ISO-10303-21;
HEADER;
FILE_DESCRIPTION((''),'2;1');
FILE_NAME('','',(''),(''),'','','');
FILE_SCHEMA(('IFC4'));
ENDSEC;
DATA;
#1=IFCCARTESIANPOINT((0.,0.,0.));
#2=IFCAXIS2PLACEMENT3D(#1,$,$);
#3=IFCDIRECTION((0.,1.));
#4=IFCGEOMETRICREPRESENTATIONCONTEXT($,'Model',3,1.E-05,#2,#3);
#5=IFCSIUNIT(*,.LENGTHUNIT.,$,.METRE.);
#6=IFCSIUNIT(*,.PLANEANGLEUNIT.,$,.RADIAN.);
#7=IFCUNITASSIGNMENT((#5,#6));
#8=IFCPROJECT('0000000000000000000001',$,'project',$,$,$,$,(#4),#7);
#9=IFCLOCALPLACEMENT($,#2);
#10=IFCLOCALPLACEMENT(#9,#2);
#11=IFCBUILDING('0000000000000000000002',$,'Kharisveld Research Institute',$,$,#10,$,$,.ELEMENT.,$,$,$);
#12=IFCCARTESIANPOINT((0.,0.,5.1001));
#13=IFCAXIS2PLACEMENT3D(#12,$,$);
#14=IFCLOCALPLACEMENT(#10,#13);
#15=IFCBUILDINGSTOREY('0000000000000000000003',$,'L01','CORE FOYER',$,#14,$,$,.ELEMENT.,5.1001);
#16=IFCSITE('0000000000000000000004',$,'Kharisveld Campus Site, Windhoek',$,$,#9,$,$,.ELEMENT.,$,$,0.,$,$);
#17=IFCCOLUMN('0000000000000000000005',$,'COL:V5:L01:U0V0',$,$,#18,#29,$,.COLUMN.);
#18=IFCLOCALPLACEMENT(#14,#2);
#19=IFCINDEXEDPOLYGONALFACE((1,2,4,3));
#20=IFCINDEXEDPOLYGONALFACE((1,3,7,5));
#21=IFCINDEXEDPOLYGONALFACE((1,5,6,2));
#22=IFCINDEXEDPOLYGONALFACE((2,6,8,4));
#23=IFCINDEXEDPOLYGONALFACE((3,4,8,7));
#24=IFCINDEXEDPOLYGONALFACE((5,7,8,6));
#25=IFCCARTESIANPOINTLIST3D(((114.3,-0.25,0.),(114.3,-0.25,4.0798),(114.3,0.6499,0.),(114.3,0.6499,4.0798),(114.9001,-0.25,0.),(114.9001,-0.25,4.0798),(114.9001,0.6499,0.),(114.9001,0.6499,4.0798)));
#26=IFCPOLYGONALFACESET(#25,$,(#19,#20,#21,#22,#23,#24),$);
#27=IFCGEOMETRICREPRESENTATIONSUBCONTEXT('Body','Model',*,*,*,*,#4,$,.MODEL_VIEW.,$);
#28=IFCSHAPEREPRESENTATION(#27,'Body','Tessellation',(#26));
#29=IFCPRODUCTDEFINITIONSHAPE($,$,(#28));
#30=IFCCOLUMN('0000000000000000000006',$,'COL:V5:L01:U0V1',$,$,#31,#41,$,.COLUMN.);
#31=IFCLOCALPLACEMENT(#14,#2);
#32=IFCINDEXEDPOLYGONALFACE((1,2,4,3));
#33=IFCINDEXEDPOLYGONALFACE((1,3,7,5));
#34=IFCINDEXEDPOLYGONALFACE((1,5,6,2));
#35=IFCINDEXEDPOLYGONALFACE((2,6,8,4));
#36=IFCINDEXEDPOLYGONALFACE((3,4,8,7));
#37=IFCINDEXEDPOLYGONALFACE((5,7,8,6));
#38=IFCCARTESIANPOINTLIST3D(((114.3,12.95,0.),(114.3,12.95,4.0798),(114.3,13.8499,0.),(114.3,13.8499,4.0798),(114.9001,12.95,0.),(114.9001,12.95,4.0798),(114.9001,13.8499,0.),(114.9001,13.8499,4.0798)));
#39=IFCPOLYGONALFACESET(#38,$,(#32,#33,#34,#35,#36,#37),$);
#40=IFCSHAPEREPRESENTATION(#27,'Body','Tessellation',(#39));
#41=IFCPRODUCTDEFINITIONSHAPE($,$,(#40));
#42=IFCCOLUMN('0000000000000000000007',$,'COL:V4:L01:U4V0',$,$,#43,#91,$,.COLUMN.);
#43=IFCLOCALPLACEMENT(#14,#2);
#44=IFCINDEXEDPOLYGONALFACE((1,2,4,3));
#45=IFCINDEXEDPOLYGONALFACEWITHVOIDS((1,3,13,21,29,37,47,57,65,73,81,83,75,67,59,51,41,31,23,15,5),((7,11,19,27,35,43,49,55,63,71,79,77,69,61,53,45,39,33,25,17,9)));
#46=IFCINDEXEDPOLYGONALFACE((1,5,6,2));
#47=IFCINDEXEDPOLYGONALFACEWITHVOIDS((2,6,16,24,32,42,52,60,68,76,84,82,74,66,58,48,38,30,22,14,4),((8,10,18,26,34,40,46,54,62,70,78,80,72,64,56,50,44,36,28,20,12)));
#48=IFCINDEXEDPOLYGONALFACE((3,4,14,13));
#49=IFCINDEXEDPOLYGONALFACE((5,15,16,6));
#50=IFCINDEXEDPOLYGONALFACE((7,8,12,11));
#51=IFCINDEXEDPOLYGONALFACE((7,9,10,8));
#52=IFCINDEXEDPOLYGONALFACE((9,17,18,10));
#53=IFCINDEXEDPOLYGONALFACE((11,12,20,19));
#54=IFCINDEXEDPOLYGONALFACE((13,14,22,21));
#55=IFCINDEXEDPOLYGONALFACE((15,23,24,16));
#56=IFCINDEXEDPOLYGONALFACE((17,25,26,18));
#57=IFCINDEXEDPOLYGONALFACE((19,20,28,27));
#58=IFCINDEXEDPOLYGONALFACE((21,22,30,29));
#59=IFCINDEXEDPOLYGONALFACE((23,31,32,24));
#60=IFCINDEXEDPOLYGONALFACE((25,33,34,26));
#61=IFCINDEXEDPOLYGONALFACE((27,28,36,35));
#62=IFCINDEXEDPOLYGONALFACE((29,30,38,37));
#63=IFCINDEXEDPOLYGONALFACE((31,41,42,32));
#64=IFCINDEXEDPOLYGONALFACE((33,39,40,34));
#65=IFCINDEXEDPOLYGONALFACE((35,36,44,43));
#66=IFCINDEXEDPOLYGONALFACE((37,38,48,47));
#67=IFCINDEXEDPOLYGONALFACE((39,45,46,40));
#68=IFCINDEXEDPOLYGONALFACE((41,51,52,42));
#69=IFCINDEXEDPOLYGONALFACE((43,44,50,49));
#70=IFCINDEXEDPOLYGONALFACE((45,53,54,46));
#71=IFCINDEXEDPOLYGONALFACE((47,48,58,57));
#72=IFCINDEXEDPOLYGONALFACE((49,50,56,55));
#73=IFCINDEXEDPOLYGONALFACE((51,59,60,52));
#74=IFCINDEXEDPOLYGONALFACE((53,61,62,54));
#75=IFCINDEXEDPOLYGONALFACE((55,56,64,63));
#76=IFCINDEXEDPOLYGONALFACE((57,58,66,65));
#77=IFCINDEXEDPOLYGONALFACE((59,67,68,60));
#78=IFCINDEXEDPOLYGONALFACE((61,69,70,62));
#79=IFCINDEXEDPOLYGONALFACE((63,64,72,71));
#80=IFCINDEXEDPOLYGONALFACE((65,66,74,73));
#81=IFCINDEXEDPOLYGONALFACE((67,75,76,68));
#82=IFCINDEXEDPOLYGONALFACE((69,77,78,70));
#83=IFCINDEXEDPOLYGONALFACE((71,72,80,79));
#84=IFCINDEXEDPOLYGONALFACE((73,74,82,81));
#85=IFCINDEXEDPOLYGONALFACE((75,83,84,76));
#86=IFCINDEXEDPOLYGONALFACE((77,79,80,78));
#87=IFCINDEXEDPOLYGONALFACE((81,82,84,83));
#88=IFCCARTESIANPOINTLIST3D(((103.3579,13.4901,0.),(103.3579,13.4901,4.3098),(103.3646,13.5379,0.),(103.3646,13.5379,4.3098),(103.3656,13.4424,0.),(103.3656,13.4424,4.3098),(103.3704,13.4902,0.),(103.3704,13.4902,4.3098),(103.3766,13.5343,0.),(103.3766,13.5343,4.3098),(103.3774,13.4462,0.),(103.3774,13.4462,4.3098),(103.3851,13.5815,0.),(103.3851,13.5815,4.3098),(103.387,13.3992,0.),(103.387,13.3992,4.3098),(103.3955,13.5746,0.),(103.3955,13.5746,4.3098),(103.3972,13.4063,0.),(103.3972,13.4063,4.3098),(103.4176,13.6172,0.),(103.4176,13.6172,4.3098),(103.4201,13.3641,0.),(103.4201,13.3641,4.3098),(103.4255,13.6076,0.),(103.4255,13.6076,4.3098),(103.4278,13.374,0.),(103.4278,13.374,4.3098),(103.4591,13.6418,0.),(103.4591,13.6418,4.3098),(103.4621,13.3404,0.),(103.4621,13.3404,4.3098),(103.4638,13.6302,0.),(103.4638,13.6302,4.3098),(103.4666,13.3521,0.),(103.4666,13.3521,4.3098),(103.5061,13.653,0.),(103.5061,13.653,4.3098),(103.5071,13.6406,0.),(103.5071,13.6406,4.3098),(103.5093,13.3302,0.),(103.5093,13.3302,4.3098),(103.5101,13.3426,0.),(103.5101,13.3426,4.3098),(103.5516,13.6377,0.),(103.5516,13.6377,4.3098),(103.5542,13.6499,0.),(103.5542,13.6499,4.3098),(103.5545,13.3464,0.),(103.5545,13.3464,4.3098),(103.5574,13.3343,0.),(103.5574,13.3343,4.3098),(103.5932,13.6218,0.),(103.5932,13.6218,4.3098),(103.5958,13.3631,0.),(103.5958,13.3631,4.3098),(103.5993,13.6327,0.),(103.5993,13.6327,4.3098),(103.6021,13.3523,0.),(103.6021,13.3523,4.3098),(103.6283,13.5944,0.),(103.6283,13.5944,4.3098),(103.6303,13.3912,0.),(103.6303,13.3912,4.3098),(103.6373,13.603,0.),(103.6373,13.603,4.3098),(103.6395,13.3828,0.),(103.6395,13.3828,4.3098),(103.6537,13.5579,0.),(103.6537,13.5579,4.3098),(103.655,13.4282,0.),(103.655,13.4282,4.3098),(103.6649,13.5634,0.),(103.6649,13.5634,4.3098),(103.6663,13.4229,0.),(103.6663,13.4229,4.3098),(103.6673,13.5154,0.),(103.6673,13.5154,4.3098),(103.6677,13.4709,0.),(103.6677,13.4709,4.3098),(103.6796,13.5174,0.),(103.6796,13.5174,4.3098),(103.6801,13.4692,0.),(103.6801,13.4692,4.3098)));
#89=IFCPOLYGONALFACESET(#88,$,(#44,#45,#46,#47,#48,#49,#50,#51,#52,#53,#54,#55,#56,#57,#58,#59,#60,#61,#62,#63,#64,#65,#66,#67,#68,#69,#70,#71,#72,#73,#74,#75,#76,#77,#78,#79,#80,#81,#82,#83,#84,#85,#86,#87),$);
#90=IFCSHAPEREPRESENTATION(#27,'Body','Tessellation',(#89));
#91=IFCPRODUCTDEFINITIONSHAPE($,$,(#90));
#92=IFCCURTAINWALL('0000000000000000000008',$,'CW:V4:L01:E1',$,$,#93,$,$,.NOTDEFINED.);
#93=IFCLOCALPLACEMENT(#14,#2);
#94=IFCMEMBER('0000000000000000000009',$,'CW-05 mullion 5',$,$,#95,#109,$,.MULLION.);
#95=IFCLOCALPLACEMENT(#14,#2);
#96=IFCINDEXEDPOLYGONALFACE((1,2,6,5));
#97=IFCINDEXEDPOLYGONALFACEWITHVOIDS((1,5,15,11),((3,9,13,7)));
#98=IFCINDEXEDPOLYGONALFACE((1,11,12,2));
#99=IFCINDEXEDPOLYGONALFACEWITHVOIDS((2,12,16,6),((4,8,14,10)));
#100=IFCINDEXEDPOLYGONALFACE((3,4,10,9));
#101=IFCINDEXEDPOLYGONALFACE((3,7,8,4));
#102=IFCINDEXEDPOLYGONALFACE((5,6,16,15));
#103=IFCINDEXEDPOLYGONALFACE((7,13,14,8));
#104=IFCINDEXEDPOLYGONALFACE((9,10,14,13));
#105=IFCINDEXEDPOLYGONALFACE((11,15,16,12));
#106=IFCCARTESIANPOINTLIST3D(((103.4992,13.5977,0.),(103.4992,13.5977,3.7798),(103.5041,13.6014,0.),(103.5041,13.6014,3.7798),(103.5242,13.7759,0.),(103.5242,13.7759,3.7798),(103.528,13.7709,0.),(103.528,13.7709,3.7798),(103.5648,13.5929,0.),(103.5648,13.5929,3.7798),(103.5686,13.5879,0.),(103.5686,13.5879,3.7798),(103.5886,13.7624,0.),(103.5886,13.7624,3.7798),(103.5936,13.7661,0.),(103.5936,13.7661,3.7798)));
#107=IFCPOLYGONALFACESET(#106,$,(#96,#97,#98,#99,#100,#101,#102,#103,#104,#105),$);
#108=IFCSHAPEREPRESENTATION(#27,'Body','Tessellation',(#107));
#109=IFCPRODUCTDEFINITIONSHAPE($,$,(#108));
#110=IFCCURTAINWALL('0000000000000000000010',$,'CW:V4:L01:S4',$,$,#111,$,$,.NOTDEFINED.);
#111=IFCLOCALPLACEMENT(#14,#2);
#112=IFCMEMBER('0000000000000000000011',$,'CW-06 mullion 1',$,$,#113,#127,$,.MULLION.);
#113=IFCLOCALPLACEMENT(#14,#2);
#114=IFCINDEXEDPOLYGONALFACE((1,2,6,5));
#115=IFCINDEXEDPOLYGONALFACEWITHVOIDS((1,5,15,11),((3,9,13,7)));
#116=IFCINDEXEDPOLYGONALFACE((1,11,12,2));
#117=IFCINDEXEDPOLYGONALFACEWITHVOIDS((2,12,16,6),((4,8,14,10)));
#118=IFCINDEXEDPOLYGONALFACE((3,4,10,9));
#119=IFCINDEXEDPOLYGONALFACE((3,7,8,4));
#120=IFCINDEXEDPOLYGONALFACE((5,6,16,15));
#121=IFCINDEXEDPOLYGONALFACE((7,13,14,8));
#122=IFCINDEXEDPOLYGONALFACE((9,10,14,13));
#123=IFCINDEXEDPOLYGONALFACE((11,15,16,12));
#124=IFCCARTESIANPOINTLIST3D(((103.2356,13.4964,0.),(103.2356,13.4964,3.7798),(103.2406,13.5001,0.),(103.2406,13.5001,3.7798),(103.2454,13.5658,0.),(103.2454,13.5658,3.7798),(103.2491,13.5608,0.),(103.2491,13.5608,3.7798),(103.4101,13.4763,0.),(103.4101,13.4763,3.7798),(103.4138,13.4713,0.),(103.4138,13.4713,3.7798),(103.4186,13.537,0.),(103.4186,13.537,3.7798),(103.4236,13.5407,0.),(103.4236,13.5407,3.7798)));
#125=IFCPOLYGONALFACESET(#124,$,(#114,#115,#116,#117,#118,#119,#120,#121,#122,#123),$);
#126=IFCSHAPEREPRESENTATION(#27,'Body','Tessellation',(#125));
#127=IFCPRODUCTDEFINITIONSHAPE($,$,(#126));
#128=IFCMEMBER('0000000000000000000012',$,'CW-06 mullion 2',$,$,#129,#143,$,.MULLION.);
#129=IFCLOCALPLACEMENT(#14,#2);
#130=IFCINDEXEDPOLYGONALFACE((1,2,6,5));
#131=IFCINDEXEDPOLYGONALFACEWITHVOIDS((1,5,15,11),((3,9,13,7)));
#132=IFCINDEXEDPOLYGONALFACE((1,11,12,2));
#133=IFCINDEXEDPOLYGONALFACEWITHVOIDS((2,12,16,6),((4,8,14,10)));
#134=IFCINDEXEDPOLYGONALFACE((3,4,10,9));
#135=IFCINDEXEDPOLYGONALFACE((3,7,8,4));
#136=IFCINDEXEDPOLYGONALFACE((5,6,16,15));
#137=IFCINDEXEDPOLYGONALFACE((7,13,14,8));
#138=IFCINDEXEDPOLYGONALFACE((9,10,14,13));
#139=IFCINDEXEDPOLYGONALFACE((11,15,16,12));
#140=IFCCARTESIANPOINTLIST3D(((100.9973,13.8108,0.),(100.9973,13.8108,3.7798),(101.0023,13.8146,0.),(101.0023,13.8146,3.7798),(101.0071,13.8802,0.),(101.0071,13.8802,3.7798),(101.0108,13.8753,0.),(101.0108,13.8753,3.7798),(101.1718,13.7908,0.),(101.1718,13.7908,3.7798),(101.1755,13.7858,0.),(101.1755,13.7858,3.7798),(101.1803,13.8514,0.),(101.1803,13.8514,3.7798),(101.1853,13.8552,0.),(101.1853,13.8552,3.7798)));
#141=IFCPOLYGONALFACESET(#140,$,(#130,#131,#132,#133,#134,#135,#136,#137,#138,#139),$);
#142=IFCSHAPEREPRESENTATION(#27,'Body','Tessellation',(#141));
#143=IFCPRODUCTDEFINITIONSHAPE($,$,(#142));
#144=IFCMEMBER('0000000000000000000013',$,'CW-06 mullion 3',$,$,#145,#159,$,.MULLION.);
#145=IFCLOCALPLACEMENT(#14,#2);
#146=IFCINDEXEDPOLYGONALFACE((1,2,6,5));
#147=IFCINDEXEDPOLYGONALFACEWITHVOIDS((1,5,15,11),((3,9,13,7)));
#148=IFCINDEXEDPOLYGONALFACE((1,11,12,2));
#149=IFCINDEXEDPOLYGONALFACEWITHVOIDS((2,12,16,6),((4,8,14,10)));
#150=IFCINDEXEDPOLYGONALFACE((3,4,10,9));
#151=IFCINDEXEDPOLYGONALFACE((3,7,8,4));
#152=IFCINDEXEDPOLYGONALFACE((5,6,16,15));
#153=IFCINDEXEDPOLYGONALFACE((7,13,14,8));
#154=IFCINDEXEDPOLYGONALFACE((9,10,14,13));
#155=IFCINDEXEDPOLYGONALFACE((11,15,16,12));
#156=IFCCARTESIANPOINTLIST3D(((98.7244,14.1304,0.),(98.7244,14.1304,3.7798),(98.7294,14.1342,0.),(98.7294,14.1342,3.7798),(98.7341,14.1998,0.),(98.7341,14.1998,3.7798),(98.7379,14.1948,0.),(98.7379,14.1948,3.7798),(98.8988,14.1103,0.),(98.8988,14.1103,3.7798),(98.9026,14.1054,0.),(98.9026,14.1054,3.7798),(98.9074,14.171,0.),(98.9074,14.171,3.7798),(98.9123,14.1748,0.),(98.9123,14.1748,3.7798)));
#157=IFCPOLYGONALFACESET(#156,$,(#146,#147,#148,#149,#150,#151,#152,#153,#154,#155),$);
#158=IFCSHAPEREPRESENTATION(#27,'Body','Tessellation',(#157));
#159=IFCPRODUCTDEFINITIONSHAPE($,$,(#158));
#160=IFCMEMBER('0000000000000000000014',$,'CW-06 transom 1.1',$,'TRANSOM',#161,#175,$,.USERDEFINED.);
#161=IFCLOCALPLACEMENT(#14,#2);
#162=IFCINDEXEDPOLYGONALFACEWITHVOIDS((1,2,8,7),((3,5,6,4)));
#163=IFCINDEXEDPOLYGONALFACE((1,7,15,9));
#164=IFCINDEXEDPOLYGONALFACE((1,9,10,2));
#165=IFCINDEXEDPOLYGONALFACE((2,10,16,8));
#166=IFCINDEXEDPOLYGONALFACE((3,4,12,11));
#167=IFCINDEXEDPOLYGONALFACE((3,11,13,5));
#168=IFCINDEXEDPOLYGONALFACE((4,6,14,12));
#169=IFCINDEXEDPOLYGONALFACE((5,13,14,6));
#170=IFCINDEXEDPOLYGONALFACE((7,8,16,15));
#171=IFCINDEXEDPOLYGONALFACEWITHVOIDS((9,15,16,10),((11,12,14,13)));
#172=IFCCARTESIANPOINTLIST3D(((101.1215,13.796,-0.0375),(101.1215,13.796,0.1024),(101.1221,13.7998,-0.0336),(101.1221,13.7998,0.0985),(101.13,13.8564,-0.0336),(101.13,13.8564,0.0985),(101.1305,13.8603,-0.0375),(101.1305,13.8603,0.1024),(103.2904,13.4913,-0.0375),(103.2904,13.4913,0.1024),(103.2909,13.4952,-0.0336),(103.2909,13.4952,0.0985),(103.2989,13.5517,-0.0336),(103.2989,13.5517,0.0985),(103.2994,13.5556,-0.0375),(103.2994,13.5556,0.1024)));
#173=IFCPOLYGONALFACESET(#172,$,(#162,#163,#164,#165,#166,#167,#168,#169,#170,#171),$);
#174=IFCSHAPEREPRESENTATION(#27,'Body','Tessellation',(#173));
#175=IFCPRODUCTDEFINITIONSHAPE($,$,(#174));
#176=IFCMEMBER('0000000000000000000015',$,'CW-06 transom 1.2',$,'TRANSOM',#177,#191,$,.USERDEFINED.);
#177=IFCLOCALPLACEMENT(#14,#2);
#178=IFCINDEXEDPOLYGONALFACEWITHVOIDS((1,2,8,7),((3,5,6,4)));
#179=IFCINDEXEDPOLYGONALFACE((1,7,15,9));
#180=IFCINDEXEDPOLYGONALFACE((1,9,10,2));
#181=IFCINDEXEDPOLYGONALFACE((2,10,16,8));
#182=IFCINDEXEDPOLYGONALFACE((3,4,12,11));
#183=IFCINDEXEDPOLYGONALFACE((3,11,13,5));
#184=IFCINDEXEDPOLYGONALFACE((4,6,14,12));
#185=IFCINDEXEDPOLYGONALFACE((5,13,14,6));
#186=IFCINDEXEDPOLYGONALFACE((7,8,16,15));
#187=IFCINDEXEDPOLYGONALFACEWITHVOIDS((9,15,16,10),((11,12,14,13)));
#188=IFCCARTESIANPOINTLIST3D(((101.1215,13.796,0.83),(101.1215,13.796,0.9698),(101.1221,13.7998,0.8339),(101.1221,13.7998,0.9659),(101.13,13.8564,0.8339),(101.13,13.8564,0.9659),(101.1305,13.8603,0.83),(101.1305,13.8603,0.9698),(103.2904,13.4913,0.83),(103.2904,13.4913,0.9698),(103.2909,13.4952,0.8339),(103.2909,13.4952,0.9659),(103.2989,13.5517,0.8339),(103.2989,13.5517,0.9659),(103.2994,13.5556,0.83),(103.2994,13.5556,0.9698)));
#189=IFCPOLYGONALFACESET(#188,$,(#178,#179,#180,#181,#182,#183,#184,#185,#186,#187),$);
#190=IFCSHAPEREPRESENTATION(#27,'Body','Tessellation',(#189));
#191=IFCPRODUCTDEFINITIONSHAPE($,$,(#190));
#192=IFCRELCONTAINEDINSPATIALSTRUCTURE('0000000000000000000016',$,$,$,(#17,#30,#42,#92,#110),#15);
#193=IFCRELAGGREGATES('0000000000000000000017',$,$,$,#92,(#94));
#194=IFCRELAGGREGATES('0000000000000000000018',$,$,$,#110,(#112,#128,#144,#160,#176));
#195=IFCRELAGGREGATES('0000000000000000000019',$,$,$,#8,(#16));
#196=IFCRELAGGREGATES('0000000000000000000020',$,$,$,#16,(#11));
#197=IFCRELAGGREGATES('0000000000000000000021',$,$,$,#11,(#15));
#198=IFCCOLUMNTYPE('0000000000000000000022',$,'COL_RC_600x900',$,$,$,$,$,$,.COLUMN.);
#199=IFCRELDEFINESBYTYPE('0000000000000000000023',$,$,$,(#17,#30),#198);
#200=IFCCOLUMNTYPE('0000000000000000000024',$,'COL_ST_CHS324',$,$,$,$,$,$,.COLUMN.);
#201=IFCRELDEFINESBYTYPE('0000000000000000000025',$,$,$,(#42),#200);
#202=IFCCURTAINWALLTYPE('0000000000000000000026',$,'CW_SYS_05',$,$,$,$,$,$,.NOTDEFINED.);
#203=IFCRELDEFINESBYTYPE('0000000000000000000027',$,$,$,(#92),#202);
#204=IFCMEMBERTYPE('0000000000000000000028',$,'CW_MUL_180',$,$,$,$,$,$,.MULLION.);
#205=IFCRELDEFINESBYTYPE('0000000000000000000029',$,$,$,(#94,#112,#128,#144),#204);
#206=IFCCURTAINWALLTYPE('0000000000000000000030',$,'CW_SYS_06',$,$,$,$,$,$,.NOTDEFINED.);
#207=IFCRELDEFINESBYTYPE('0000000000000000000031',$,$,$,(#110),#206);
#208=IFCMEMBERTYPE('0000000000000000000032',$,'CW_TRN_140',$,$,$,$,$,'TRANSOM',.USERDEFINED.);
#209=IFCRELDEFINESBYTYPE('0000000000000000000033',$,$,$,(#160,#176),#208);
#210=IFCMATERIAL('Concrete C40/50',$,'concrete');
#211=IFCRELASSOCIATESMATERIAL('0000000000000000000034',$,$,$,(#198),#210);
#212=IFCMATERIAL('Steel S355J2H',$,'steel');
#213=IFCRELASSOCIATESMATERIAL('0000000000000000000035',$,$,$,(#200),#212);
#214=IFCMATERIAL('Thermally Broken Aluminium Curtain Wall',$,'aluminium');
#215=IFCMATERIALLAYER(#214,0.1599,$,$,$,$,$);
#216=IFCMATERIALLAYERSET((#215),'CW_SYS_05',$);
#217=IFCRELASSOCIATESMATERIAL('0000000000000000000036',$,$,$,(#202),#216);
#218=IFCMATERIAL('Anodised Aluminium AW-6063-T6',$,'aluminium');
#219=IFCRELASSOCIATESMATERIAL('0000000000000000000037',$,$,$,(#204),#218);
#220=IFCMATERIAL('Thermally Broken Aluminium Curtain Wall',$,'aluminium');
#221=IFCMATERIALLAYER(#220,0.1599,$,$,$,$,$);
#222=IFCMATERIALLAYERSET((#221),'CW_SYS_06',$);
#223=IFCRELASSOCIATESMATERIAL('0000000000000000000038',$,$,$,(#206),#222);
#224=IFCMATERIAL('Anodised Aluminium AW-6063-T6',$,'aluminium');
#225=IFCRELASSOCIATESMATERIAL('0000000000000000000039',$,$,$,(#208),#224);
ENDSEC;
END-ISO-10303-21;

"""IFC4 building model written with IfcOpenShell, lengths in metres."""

from ifc_helpers import new_model, si_unit, direction, frame, origin, origin_2d, place, context, subcontext, project, spatial, rectangle, hollow_rectangle, hollow_circle, extrude, material, layer, layer_set, material_profile, profile_set, type_object, element, aggregate, save


model = new_model("IFC4")

# Units and contexts
model_context = context("Model", 3, precision=1e-05, world=origin(), true_north=direction((0.0, 1.0)))
body_context = subcontext(model_context, "Body", "Model", "MODEL_VIEW")
ifc_project = project(units=[si_unit("LENGTHUNIT", "METRE"), si_unit("PLANEANGLEUNIT", "RADIAN")], contexts=[model_context])

# Site, building, storey
site_placement = place(None, origin())
site = spatial("IfcSite", under=ifc_project, at=site_placement, Name="Kharisveld Campus Site, Windhoek", CompositionType="ELEMENT", RefElevation=0.0)
building_placement = place(site_placement, origin())
building = spatial("IfcBuilding", under=site, at=building_placement, Name="Kharisveld Research Institute", CompositionType="ELEMENT")
storey_placement = place(building_placement, frame((0.0, 0.0, 5.1001)))
storey = spatial("IfcBuildingStorey", under=building, at=storey_placement, Name="L01", Description="CORE FOYER", CompositionType="ELEMENT", Elevation=5.1001)

# Columns
ifc_material_1 = material(Name="Concrete C40/50", Category="concrete")
ifc_material_profile_1 = material_profile(ifc_material_1, rectangle(XDim=0.6001, YDim=0.8999, at=origin_2d()))
ifc_profile_set_1 = profile_set([ifc_material_profile_1], Name="Concrete C40/50")
column_type_1 = type_object("IfcColumnType", Name="COL_RC_600x900", PredefinedType="COLUMN", material=ifc_profile_set_1)
for number, where, z_axis, x_axis, name in (
    (1, (114.6001, 0.2, 0.0), (0.0, 0.0, 1.0), (1.0, 0.0, 0.0), "COL:V5:L01:U0V0"),
    (2, (114.6001, 13.3999, 0.0), (0.0, 0.0, 1.0), (1.0, 0.0, 0.0), "COL:V5:L01:U0V1"),
):
    element("IfcColumn", number, at=place(storey_placement, frame(where, z_axis=z_axis, x_axis=x_axis)), inside=storey, type_object=column_type_1, Name=name, PredefinedType="COLUMN", context=body_context, shape_type="SweptSolid", body=[
        extrude(rectangle(XDim=0.6001, YDim=0.8999, at=origin_2d()), origin(), (0.0, 0.0, 1.0), 4.0798),
    ])
ifc_material_2 = material(Name="Steel S355J2H", Category="steel")
ifc_material_profile_2 = material_profile(ifc_material_2, hollow_circle(Radius=0.1619, WallThickness=0.0125, at=origin_2d()))
ifc_profile_set_2 = profile_set([ifc_material_profile_2], Name="Steel S355J2H")
column_type_2 = type_object("IfcColumnType", Name="COL_ST_CHS324", PredefinedType="COLUMN", material=ifc_profile_set_2)
column_placement = place(storey_placement, frame((103.5198, 13.4917, 0.0), z_axis=(0.0, 0.0, 1.0), x_axis=(0.990268, -0.139173, 0.0)))
element("IfcColumn", 3, at=column_placement, inside=storey, type_object=column_type_2, Name="COL:V4:L01:U4V0", PredefinedType="COLUMN", context=body_context, shape_type="SweptSolid", body=[
    extrude(hollow_circle(Radius=0.1619, WallThickness=0.0125, at=origin_2d()), origin(), (0.0, 0.0, 1.0), 4.3098),
])

# Curtain wall, member
ifc_material_3 = material(Name="Thermally Broken Aluminium Curtain Wall", Category="aluminium")
ifc_layer_1 = layer(ifc_material_3, 0.1599)
ifc_layer_set_1 = layer_set([ifc_layer_1], Name="CW_SYS_05")
curtain_wall_type_1 = type_object("IfcCurtainWallType", Name="CW_SYS_05", PredefinedType="NOTDEFINED", material=ifc_layer_set_1)
curtain_wall_1_placement = place(storey_placement, origin())
curtain_wall_1 = element("IfcCurtainWall", 4, at=curtain_wall_1_placement, inside=storey, type_object=curtain_wall_type_1, Name="CW:V4:L01:E1", PredefinedType="NOTDEFINED")
ifc_material_4 = material(Name="Anodised Aluminium AW-6063-T6", Category="aluminium")
ifc_material_profile_3 = material_profile(ifc_material_4, hollow_rectangle(XDim=0.0701, YDim=0.1799, WallThickness=0.0044, at=origin_2d()))
ifc_profile_set_3 = profile_set([ifc_material_profile_3], Name="Anodised Aluminium AW-6063-T6")
member_type_1 = type_object("IfcMemberType", Name="CW_MUL_180", PredefinedType="MULLION", material=ifc_profile_set_3)
member_1_placement = place(storey_placement, frame((103.5464, 13.6819, 0.0), z_axis=(0.0, 0.0, 1.0), x_axis=(0.990268, -0.139173, 0.0)))
member_1 = element("IfcMember", 5, at=member_1_placement, type_object=member_type_1, Name="CW-05 mullion 5", PredefinedType="MULLION", context=body_context, shape_type="SweptSolid", body=[
    extrude(hollow_rectangle(XDim=0.0701, YDim=0.1799, WallThickness=0.0044, at=origin_2d()), origin(), (0.0, 0.0, 1.0), 3.7798),
])

# Curtain wall, members
ifc_material_5 = material(Name="Thermally Broken Aluminium Curtain Wall", Category="aluminium")
ifc_layer_2 = layer(ifc_material_5, 0.1599)
ifc_layer_set_2 = layer_set([ifc_layer_2], Name="CW_SYS_06")
curtain_wall_type_2 = type_object("IfcCurtainWallType", Name="CW_SYS_06", PredefinedType="NOTDEFINED", material=ifc_layer_set_2)
curtain_wall_2_placement = place(storey_placement, origin())
curtain_wall_2 = element("IfcCurtainWall", 6, at=curtain_wall_2_placement, inside=storey, type_object=curtain_wall_type_2, Name="CW:V4:L01:S4", PredefinedType="NOTDEFINED")
member_2_placement = place(storey_placement, frame((103.3296, 13.5186, 0.0), z_axis=(0.0, 0.0, 1.0), x_axis=(-0.139173, -0.990268, 0.0)))
member_2 = element("IfcMember", 7, at=member_2_placement, type_object=member_type_1, Name="CW-06 mullion 1", PredefinedType="MULLION", context=body_context, shape_type="SweptSolid", body=[
    extrude(hollow_rectangle(XDim=0.0701, YDim=0.1799, WallThickness=0.0044, at=origin_2d()), origin(), (0.0, 0.0, 1.0), 3.7798),
])
member_3_placement = place(storey_placement, frame((101.0913, 13.833, 0.0), z_axis=(0.0, 0.0, 1.0), x_axis=(-0.139173, -0.990268, 0.0)))
member_3 = element("IfcMember", 8, at=member_3_placement, type_object=member_type_1, Name="CW-06 mullion 2", PredefinedType="MULLION", context=body_context, shape_type="SweptSolid", body=[
    extrude(hollow_rectangle(XDim=0.0701, YDim=0.1799, WallThickness=0.0044, at=origin_2d()), origin(), (0.0, 0.0, 1.0), 3.7798),
])
member_4_placement = place(storey_placement, frame((98.8184, 14.1526, 0.0), z_axis=(0.0, 0.0, 1.0), x_axis=(-0.139173, -0.990268, 0.0)))
member_4 = element("IfcMember", 9, at=member_4_placement, type_object=member_type_1, Name="CW-06 mullion 3", PredefinedType="MULLION", context=body_context, shape_type="SweptSolid", body=[
    extrude(hollow_rectangle(XDim=0.0701, YDim=0.1799, WallThickness=0.0044, at=origin_2d()), origin(), (0.0, 0.0, 1.0), 3.7798),
])
ifc_material_6 = material(Name="Anodised Aluminium AW-6063-T6", Category="aluminium")
ifc_material_profile_4 = material_profile(ifc_material_6, hollow_rectangle(XDim=0.0649, YDim=0.1399, WallThickness=0.0039, at=origin_2d()))
ifc_profile_set_4 = profile_set([ifc_material_profile_4], Name="Anodised Aluminium AW-6063-T6")
member_type_2 = type_object("IfcMemberType", Name="CW_TRN_140", ElementType="TRANSOM", PredefinedType="USERDEFINED", material=ifc_profile_set_4)
member_5_placement = place(storey_placement, frame((103.2949, 13.5234, 0.0325), z_axis=(-0.990277, 0.139111, 0.0), x_axis=(-0.139111, -0.990277, 0.0)))
member_5 = element("IfcMember", 10, at=member_5_placement, type_object=member_type_2, Name="CW-06 transom 1.1", ObjectType="TRANSOM", PredefinedType="USERDEFINED", context=body_context, shape_type="SweptSolid", body=[
    extrude(hollow_rectangle(XDim=0.0649, YDim=0.1399, WallThickness=0.0039, at=origin_2d()), origin(), (0.0, 0.0, 1.0), 2.1902),
])
member_6_placement = place(storey_placement, frame((103.2949, 13.5234, 0.8999), z_axis=(-0.990277, 0.139111, 0.0), x_axis=(-0.139111, -0.990277, 0.0)))
member_6 = element("IfcMember", 11, at=member_6_placement, type_object=member_type_2, Name="CW-06 transom 1.2", ObjectType="TRANSOM", PredefinedType="USERDEFINED", context=body_context, shape_type="SweptSolid", body=[
    extrude(hollow_rectangle(XDim=0.0649, YDim=0.1399, WallThickness=0.0039, at=origin_2d()), origin(), (0.0, 0.0, 1.0), 2.1902),
])

aggregate(curtain_wall_1, [member_1])
aggregate(curtain_wall_2, [member_2, member_3, member_4, member_5, member_6])

save(model, "model.ifc")
